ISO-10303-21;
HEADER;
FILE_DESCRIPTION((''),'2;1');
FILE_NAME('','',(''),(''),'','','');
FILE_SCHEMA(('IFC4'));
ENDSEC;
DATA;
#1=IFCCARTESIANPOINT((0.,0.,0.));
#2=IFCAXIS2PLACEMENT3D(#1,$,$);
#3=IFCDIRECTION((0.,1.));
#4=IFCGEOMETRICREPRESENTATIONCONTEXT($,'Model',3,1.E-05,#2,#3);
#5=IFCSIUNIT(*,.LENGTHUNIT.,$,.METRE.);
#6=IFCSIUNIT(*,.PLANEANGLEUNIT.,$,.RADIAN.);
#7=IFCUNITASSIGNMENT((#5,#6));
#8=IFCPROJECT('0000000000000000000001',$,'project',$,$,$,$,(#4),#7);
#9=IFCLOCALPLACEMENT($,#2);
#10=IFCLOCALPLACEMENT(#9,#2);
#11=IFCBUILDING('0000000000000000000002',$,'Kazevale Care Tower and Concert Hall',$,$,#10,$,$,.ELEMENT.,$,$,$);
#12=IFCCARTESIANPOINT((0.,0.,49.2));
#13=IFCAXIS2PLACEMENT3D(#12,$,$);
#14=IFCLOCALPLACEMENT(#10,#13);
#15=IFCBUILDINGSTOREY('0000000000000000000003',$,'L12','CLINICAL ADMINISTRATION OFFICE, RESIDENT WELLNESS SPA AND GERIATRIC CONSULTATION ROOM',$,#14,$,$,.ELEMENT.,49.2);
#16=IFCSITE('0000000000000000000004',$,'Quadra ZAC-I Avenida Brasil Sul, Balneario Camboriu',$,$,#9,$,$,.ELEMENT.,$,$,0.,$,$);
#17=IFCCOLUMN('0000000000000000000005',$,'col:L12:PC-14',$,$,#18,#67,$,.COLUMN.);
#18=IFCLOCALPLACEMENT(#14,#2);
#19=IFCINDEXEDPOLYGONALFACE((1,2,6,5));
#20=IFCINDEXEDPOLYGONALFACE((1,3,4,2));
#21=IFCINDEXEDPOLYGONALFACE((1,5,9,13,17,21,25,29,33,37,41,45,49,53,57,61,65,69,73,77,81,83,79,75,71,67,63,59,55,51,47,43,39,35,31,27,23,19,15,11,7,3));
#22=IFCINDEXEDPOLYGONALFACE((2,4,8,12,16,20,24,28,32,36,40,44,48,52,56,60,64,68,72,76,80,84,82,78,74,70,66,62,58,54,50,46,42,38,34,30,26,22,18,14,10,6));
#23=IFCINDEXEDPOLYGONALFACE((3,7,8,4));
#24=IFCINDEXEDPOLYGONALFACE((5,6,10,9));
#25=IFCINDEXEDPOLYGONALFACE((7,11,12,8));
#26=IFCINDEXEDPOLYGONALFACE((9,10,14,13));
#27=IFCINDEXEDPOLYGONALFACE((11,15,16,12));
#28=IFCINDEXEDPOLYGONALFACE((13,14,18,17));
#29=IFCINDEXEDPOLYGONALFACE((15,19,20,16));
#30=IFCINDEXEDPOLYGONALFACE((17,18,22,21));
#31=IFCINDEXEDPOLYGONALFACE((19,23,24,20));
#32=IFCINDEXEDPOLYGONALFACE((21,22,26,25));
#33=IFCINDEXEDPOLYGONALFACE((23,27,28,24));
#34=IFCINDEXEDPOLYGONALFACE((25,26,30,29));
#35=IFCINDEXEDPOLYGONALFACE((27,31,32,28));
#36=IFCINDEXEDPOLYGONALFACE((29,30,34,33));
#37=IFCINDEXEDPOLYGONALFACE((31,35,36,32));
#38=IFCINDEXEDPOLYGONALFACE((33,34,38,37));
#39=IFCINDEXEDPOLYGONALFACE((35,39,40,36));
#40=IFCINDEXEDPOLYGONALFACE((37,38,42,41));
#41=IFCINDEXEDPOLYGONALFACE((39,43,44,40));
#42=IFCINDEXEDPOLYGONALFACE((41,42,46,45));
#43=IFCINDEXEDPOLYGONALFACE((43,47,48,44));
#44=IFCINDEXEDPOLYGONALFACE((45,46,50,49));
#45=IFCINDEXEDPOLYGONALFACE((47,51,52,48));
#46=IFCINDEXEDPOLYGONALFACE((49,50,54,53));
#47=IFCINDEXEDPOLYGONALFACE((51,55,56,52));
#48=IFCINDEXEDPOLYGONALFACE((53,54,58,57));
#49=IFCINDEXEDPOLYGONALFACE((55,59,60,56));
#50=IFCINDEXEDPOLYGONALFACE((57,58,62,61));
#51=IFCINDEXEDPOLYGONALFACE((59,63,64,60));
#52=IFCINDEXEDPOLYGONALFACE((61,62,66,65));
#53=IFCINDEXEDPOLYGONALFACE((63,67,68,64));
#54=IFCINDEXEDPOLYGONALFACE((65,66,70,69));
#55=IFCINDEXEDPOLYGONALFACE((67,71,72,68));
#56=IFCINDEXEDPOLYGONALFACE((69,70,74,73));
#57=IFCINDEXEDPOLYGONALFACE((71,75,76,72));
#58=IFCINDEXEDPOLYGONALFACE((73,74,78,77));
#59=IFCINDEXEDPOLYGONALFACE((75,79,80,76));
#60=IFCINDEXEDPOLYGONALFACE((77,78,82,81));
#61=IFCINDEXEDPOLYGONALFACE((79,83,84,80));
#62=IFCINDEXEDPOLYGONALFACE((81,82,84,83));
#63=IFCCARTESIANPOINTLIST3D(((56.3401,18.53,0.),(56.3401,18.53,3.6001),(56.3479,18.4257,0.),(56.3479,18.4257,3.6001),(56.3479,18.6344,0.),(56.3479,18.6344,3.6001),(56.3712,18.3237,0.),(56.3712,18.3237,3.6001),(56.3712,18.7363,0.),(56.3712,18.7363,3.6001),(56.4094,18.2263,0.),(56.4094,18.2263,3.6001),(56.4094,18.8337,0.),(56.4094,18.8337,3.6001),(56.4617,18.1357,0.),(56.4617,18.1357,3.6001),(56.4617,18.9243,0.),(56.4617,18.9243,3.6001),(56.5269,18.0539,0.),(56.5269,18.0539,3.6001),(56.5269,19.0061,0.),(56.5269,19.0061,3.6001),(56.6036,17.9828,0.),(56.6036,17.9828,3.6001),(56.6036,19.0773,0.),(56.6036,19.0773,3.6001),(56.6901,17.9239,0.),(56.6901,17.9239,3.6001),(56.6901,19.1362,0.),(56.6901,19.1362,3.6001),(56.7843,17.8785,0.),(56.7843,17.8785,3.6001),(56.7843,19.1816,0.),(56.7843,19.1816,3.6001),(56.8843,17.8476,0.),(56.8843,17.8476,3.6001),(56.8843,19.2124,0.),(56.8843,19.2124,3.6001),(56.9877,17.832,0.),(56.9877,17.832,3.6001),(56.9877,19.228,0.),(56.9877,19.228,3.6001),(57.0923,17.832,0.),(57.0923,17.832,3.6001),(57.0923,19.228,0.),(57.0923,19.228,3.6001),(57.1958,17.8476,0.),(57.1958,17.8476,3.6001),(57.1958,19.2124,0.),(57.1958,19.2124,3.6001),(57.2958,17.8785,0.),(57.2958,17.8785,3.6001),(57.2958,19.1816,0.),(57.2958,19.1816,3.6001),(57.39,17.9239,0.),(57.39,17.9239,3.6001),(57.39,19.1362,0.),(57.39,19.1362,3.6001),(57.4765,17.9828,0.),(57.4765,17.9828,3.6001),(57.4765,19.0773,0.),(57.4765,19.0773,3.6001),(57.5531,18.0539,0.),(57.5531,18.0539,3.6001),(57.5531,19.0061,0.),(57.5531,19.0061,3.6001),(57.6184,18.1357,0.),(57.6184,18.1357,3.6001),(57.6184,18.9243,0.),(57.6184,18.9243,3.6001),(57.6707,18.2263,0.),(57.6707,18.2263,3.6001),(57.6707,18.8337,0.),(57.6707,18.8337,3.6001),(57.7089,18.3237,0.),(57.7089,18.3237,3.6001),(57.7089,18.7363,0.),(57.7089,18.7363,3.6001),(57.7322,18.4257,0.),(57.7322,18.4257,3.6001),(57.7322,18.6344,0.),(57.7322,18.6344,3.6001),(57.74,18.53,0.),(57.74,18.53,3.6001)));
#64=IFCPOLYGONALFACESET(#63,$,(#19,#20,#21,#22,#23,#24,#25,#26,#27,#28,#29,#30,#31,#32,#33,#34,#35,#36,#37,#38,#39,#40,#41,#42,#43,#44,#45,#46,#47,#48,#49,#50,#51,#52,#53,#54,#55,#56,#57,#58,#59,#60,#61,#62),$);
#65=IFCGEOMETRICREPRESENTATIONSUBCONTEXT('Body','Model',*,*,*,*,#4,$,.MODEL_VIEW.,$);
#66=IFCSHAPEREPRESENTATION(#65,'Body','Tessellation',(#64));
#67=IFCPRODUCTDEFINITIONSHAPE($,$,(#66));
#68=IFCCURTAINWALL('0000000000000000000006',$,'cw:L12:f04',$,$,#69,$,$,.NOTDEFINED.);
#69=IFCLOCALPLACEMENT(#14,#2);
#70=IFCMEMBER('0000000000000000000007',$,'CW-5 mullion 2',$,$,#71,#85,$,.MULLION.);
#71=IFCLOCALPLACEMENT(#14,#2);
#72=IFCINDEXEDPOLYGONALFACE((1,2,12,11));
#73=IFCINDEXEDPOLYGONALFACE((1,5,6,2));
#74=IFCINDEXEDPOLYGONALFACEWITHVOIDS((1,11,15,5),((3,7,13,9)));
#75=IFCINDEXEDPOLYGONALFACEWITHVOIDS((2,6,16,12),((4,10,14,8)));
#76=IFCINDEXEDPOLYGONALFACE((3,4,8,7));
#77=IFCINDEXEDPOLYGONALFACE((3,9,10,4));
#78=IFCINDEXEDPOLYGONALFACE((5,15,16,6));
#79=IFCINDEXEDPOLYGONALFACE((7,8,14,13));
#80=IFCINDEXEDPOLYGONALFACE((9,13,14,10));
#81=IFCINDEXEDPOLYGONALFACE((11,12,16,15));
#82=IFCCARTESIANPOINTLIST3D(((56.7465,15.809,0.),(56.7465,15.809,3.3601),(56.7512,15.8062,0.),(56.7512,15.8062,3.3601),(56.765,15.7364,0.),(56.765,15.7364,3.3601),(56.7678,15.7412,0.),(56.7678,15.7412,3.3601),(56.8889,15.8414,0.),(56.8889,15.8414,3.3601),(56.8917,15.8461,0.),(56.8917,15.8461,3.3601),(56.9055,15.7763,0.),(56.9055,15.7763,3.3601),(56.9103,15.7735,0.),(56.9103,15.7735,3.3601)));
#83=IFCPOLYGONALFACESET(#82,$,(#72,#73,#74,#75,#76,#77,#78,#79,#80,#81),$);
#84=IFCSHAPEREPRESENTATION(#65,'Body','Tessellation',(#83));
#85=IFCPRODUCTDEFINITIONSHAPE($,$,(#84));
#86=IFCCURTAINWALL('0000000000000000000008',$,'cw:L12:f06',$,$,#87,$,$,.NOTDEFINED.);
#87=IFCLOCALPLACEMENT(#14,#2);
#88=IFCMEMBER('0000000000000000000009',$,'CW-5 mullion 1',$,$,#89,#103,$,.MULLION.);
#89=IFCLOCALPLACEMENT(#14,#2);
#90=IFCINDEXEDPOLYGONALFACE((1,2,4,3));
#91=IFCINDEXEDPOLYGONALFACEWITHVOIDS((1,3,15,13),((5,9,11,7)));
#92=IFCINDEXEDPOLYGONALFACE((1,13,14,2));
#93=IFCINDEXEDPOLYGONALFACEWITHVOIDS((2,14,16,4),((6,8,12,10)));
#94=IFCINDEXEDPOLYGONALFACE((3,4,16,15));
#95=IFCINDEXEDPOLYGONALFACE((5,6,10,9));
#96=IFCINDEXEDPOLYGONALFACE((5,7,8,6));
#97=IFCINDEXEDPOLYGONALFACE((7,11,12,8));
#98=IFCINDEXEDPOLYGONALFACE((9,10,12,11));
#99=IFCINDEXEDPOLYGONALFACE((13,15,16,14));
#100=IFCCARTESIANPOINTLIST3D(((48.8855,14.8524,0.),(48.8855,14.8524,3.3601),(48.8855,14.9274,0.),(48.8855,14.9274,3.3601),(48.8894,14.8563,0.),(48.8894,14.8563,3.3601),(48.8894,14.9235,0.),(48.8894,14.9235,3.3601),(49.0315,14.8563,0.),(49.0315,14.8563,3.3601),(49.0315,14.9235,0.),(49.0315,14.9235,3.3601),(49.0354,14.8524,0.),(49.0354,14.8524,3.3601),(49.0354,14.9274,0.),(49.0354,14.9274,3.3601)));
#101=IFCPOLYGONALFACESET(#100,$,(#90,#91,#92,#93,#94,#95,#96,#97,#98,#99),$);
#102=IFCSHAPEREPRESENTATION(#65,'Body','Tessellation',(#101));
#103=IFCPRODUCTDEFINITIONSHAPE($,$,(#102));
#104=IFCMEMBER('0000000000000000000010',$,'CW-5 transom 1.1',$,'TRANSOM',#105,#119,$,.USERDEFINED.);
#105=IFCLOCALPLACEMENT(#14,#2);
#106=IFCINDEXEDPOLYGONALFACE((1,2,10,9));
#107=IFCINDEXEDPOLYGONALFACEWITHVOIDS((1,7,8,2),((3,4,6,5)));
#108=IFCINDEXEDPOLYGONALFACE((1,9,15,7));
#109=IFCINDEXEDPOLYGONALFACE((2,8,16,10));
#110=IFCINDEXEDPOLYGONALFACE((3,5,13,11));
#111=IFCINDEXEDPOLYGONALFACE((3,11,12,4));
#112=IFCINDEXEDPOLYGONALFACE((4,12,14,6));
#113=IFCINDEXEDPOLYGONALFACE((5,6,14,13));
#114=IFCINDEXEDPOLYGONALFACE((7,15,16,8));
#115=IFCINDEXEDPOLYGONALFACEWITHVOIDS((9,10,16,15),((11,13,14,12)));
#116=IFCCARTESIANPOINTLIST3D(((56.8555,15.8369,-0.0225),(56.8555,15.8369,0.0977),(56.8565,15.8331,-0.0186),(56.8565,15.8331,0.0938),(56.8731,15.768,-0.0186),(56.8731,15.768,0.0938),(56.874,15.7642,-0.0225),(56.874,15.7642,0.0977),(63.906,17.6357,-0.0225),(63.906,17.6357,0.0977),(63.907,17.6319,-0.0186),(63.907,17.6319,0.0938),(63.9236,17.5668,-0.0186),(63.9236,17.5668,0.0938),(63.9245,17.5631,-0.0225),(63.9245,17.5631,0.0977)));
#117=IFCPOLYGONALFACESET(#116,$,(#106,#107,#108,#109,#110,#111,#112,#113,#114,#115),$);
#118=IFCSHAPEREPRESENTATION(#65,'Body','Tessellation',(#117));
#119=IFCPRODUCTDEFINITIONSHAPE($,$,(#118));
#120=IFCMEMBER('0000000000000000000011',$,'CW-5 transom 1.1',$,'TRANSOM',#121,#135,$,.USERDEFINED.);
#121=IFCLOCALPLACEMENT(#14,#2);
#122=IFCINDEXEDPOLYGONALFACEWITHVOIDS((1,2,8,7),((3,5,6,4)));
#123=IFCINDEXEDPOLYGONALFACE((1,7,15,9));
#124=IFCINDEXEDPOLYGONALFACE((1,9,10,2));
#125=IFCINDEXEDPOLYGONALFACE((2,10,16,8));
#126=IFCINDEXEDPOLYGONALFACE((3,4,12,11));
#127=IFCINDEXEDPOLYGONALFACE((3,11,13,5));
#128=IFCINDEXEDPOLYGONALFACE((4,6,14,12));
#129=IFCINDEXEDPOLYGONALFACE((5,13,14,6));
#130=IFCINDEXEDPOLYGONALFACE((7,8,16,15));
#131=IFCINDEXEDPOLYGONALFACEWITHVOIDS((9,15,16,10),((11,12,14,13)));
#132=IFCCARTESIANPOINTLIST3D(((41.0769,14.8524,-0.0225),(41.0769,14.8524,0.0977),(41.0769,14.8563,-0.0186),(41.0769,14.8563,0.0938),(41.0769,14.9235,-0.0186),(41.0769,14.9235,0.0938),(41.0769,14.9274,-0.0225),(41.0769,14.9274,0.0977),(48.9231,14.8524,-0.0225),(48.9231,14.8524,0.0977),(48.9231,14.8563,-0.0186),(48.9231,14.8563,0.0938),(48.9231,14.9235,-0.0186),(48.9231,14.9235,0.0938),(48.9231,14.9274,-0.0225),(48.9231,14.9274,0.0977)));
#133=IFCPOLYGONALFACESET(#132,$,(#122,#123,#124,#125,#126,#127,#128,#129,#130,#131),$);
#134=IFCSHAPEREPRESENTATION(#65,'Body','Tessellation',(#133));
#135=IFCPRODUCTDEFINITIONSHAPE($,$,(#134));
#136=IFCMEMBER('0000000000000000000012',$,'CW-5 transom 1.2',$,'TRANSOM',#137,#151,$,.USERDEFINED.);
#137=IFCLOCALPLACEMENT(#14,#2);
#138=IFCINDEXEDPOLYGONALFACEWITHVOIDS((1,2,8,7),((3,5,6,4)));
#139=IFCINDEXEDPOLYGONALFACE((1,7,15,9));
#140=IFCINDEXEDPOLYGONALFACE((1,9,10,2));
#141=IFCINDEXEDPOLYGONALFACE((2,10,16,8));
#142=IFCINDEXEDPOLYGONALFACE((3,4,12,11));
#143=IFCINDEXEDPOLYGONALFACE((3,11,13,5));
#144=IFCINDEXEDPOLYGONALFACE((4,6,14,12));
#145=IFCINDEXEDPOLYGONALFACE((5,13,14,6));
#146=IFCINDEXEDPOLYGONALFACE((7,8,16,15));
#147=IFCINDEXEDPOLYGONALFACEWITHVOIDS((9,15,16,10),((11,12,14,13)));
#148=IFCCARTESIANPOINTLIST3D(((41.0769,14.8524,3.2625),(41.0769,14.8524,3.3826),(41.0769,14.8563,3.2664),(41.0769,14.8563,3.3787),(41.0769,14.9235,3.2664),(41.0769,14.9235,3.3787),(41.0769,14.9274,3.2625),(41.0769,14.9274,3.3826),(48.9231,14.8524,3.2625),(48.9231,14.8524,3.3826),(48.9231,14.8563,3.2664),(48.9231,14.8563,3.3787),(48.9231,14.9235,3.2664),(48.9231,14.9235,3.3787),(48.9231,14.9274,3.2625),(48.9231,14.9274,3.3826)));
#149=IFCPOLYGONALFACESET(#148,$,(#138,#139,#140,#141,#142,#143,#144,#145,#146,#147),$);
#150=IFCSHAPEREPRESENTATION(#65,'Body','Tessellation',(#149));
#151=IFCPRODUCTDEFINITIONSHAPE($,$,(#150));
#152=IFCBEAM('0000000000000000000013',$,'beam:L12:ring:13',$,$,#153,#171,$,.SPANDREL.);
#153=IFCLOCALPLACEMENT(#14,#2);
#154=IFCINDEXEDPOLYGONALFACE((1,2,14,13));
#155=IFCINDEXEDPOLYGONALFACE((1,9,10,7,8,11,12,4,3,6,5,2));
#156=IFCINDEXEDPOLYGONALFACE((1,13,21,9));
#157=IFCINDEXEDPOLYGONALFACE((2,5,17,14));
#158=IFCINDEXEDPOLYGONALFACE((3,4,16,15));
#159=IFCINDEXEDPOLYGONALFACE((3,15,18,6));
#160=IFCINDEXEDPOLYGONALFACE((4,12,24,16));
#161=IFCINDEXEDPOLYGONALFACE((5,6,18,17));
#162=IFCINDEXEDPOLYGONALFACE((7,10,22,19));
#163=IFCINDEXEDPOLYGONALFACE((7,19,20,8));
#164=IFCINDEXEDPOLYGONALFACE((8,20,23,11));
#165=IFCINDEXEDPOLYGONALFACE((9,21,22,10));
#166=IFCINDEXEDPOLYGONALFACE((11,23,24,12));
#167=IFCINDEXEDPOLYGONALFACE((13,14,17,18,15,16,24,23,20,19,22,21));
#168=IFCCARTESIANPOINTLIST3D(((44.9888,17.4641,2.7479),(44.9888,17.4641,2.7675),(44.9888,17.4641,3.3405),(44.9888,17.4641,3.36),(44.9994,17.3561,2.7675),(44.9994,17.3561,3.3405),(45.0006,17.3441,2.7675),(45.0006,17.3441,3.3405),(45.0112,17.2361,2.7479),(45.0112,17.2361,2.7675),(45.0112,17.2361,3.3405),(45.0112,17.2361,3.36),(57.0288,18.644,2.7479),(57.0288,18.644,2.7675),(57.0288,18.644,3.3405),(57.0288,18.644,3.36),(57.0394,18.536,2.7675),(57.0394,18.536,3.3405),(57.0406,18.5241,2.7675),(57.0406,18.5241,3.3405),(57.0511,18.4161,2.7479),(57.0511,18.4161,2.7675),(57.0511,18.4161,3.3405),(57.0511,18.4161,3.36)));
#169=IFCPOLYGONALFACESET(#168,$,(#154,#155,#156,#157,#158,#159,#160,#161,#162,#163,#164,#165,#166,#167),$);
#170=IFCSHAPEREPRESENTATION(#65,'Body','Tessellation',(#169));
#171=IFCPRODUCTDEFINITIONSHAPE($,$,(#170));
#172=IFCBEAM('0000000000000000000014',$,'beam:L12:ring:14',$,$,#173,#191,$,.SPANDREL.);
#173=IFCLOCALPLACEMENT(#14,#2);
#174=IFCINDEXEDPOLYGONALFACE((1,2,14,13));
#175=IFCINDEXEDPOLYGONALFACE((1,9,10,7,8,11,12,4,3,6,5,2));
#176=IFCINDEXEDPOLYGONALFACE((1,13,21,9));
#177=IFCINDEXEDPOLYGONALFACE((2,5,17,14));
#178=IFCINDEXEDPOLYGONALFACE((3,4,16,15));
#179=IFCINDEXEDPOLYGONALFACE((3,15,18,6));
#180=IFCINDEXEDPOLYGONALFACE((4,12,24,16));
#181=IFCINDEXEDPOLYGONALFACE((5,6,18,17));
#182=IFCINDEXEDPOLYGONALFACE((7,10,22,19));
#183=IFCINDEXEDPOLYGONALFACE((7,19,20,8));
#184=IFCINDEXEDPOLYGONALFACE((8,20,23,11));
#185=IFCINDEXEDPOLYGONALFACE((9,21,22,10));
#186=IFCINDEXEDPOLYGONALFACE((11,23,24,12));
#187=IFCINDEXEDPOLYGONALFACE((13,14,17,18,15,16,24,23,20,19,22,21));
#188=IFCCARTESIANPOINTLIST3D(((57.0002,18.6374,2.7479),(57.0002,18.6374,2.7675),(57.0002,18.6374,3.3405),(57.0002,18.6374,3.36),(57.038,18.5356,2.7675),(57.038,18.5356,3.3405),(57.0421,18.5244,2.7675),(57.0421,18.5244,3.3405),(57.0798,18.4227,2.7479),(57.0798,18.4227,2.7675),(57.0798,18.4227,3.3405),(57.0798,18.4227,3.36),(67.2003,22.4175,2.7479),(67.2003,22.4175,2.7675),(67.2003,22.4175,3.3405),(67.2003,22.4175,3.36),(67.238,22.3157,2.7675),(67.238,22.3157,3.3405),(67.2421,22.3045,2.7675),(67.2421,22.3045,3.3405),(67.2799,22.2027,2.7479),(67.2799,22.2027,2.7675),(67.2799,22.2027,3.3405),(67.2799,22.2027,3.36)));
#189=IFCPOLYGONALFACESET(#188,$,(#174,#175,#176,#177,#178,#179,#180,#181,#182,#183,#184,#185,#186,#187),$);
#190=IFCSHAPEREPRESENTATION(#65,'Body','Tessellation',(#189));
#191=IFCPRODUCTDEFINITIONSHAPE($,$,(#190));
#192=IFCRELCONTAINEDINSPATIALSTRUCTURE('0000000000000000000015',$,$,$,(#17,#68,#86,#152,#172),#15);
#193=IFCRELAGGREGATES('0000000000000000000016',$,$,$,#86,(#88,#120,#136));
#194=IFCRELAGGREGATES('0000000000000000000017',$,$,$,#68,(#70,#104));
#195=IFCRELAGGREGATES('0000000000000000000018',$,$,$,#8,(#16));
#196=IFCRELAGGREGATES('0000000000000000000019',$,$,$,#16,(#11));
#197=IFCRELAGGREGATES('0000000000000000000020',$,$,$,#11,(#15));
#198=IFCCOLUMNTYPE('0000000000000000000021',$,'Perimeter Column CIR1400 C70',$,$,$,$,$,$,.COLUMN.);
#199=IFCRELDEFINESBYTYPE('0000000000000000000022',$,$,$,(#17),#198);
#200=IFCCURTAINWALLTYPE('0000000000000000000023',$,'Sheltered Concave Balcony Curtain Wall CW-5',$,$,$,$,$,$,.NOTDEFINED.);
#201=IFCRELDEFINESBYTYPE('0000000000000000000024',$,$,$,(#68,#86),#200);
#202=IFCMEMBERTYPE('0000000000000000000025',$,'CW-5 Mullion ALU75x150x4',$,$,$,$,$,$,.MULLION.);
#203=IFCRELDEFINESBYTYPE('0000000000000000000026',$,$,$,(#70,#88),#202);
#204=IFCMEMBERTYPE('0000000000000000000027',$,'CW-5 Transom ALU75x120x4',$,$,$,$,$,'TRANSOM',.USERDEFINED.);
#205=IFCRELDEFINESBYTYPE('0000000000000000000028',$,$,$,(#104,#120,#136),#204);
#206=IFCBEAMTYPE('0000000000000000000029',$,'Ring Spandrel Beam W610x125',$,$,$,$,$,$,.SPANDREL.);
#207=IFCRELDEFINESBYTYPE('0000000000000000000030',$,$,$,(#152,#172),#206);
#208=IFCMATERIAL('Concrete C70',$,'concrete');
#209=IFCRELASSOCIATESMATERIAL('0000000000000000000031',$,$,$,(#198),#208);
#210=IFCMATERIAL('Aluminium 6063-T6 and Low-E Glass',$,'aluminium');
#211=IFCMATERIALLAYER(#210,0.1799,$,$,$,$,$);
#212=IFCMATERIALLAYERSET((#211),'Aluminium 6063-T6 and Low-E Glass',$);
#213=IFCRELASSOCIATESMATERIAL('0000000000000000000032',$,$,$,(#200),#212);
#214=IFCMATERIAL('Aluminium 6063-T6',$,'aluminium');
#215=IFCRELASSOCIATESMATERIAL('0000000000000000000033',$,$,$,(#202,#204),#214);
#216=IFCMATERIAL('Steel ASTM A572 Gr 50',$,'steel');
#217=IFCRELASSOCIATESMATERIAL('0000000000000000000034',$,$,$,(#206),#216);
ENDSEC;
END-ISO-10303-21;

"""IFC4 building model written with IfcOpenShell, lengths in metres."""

from ifc_helpers import new_model, si_unit, direction, frame, origin, origin_2d, place, context, subcontext, project, spatial, hollow_rectangle, circle, i_section, extrude, material, layer, layer_set, material_profile, profile_set, type_object, element, aggregate, save


model = new_model("IFC4")

# Units and contexts
model_context = context("Model", 3, precision=1e-05, world=origin(), true_north=direction((0.0, 1.0)))
body_context = subcontext(model_context, "Body", "Model", "MODEL_VIEW")
ifc_project = project(units=[si_unit("LENGTHUNIT", "METRE"), si_unit("PLANEANGLEUNIT", "RADIAN")], contexts=[model_context])

# Site, building, storey
site_placement = place(None, origin())
site = spatial("IfcSite", under=ifc_project, at=site_placement, Name="Quadra ZAC-I Avenida Brasil Sul, Balneario Camboriu", CompositionType="ELEMENT", RefElevation=0.0)
building_placement = place(site_placement, origin())
building = spatial("IfcBuilding", under=site, at=building_placement, Name="Kazevale Care Tower and Concert Hall", CompositionType="ELEMENT")
storey_placement = place(building_placement, frame((0.0, 0.0, 49.2)))
storey = spatial("IfcBuildingStorey", under=building, at=storey_placement, Name="L12", Description="CLINICAL ADMINISTRATION OFFICE, RESIDENT WELLNESS SPA AND GERIATRIC CONSULTATION ROOM", CompositionType="ELEMENT", Elevation=49.2)

# Column
ifc_material_1 = material(Name="Concrete C70", Category="concrete")
ifc_material_profile_1 = material_profile(ifc_material_1, circle(Radius=0.7, at=origin_2d()), Name="RC-CIR1400")
ifc_profile_set_1 = profile_set([ifc_material_profile_1], Name="Concrete C70")
column_type = type_object("IfcColumnType", Name="Perimeter Column CIR1400 C70", PredefinedType="COLUMN", material=ifc_profile_set_1)
column_placement = place(storey_placement, frame((57.04, 18.53, 0.0), z_axis=(0.0, 0.0, 1.0), x_axis=(1.0, 0.0, 0.0)))
element("IfcColumn", 1, at=column_placement, inside=storey, type_object=column_type, Name="col:L12:PC-14", PredefinedType="COLUMN", context=body_context, shape_type="SweptSolid", body=[
    extrude(circle(Radius=0.7, at=origin_2d()), origin(), (0.0, 0.0, 1.0), 3.6001),
])

# Curtain walls, members
ifc_material_2 = material(Name="Aluminium 6063-T6 and Low-E Glass", Category="aluminium")
ifc_layer_1 = layer(ifc_material_2, 0.1799)
ifc_layer_set_1 = layer_set([ifc_layer_1], Name="Aluminium 6063-T6 and Low-E Glass")
curtain_wall_type = type_object("IfcCurtainWallType", Name="Sheltered Concave Balcony Curtain Wall CW-5", PredefinedType="NOTDEFINED", material=ifc_layer_set_1)
curtain_wall_1_placement = place(storey_placement, origin())
curtain_wall_1 = element("IfcCurtainWall", 2, at=curtain_wall_1_placement, inside=storey, type_object=curtain_wall_type, Name="cw:L12:f04", PredefinedType="NOTDEFINED")
ifc_material_3 = material(Name="Aluminium 6063-T6", Category="aluminium")
ifc_material_profile_2 = material_profile(ifc_material_3, hollow_rectangle(XDim=0.075, YDim=0.1499, WallThickness=0.0039, at=origin_2d()), Name="ALU75x150x4")
ifc_profile_set_2 = profile_set([ifc_material_profile_2], Name="Aluminium 6063-T6")
member_type_1 = type_object("IfcMemberType", Name="CW-5 Mullion ALU75x150x4", PredefinedType="MULLION", material=ifc_profile_set_2)
member_1_placement = place(storey_placement, frame((56.8284, 15.7913, 0.0), z_axis=(0.0, 0.0, 1.0), x_axis=(0.247222, -0.968959, 0.0)))
member_1 = element("IfcMember", 3, at=member_1_placement, type_object=member_type_1, Name="CW-5 mullion 2", PredefinedType="MULLION", context=body_context, shape_type="SweptSolid", body=[
    extrude(hollow_rectangle(XDim=0.075, YDim=0.1499, WallThickness=0.0039, at=origin_2d()), origin(), (0.0, 0.0, 1.0), 3.3601),
])
curtain_wall_2_placement = place(storey_placement, origin())
curtain_wall_2 = element("IfcCurtainWall", 4, at=curtain_wall_2_placement, inside=storey, type_object=curtain_wall_type, Name="cw:L12:f06", PredefinedType="NOTDEFINED")
member_2_placement = place(storey_placement, frame((48.9604, 14.8899, 0.0), z_axis=(0.0, 0.0, 1.0), x_axis=(0.0, -1.0, 0.0)))
member_2 = element("IfcMember", 5, at=member_2_placement, type_object=member_type_1, Name="CW-5 mullion 1", PredefinedType="MULLION", context=body_context, shape_type="SweptSolid", body=[
    extrude(hollow_rectangle(XDim=0.075, YDim=0.1499, WallThickness=0.0039, at=origin_2d()), origin(), (0.0, 0.0, 1.0), 3.3601),
])

# Members
ifc_material_profile_3 = material_profile(ifc_material_3, hollow_rectangle(XDim=0.075, YDim=0.1201, WallThickness=0.0039, at=origin_2d()), Name="ALU75x120x4")
ifc_profile_set_3 = profile_set([ifc_material_profile_3], Name="Aluminium 6063-T6")
member_type_2 = type_object("IfcMemberType", Name="CW-5 Transom ALU75x120x4", ElementType="TRANSOM", PredefinedType="USERDEFINED", material=ifc_profile_set_3)
member_3_placement = place(storey_placement, frame((63.9153, 17.5994, 0.0376), z_axis=(-0.968961, -0.247214, 0.0), x_axis=(0.247214, -0.968961, 0.0)))
member_3 = element("IfcMember", 6, at=member_3_placement, type_object=member_type_2, Name="CW-5 transom 1.1", ObjectType="TRANSOM", PredefinedType="USERDEFINED", context=body_context, shape_type="SweptSolid", body=[
    extrude(hollow_rectangle(XDim=0.075, YDim=0.1201, WallThickness=0.0039, at=origin_2d()), origin(), (0.0, 0.0, 1.0), 7.2764),
])
member_4_placement = place(storey_placement, frame((48.9231, 14.8899, 0.0376), z_axis=(-1.0, 0.0, 0.0), x_axis=(0.0, -1.0, 0.0)))
member_4 = element("IfcMember", 7, at=member_4_placement, type_object=member_type_2, Name="CW-5 transom 1.1", ObjectType="TRANSOM", PredefinedType="USERDEFINED", context=body_context, shape_type="SweptSolid", body=[
    extrude(hollow_rectangle(XDim=0.075, YDim=0.1201, WallThickness=0.0039, at=origin_2d()), origin(), (0.0, 0.0, 1.0), 7.8462),
])
member_5_placement = place(storey_placement, frame((48.9231, 14.8899, 3.3225), z_axis=(-1.0, 0.0, 0.0), x_axis=(0.0, -1.0, 0.0)))
member_5 = element("IfcMember", 8, at=member_5_placement, type_object=member_type_2, Name="CW-5 transom 1.2", ObjectType="TRANSOM", PredefinedType="USERDEFINED", context=body_context, shape_type="SweptSolid", body=[
    extrude(hollow_rectangle(XDim=0.075, YDim=0.1201, WallThickness=0.0039, at=origin_2d()), origin(), (0.0, 0.0, 1.0), 7.8462),
])
aggregate(curtain_wall_2, [member_2, member_4, member_5])

# Beams
ifc_material_4 = material(Name="Steel ASTM A572 Gr 50", Category="steel")
ifc_material_profile_4 = material_profile(ifc_material_4, i_section(OverallWidth=0.229, OverallDepth=0.6121, WebThickness=0.012, FlangeThickness=0.0195, at=origin_2d()), Name="W610x125")
ifc_profile_set_4 = profile_set([ifc_material_profile_4], Name="Steel ASTM A572 Gr 50")
beam_type_1 = type_object("IfcBeamType", Name="Ring Spandrel Beam W610x125", PredefinedType="SPANDREL", material=ifc_profile_set_4)
beam_1_placement = place(storey_placement, frame((45.0, 17.3501, 3.054), z_axis=(0.995232, 0.097533, 0.0), x_axis=(-0.097533, 0.995232, 0.0)))
element("IfcBeam", 9, at=beam_1_placement, inside=storey, type_object=beam_type_1, Name="beam:L12:ring:13", PredefinedType="SPANDREL", context=body_context, shape_type="SweptSolid", body=[
    extrude(i_section(OverallWidth=0.229, OverallDepth=0.6121, WebThickness=0.012, FlangeThickness=0.0195, at=origin_2d()), origin(), (0.0, 0.0, 1.0), 12.0977),
])
beam_2_placement = place(storey_placement, frame((57.04, 18.53, 3.054), z_axis=(0.937681, 0.347498, 0.0), x_axis=(-0.347498, 0.937681, 0.0)))
element("IfcBeam", 10, at=beam_2_placement, inside=storey, type_object=beam_type_1, Name="beam:L12:ring:14", PredefinedType="SPANDREL", context=body_context, shape_type="SweptSolid", body=[
    extrude(i_section(OverallWidth=0.229, OverallDepth=0.6121, WebThickness=0.012, FlangeThickness=0.0195, at=origin_2d()), origin(), (0.0, 0.0, 1.0), 10.8779),
])

aggregate(curtain_wall_1, [member_1, member_3])

save(model, "model.ifc")
